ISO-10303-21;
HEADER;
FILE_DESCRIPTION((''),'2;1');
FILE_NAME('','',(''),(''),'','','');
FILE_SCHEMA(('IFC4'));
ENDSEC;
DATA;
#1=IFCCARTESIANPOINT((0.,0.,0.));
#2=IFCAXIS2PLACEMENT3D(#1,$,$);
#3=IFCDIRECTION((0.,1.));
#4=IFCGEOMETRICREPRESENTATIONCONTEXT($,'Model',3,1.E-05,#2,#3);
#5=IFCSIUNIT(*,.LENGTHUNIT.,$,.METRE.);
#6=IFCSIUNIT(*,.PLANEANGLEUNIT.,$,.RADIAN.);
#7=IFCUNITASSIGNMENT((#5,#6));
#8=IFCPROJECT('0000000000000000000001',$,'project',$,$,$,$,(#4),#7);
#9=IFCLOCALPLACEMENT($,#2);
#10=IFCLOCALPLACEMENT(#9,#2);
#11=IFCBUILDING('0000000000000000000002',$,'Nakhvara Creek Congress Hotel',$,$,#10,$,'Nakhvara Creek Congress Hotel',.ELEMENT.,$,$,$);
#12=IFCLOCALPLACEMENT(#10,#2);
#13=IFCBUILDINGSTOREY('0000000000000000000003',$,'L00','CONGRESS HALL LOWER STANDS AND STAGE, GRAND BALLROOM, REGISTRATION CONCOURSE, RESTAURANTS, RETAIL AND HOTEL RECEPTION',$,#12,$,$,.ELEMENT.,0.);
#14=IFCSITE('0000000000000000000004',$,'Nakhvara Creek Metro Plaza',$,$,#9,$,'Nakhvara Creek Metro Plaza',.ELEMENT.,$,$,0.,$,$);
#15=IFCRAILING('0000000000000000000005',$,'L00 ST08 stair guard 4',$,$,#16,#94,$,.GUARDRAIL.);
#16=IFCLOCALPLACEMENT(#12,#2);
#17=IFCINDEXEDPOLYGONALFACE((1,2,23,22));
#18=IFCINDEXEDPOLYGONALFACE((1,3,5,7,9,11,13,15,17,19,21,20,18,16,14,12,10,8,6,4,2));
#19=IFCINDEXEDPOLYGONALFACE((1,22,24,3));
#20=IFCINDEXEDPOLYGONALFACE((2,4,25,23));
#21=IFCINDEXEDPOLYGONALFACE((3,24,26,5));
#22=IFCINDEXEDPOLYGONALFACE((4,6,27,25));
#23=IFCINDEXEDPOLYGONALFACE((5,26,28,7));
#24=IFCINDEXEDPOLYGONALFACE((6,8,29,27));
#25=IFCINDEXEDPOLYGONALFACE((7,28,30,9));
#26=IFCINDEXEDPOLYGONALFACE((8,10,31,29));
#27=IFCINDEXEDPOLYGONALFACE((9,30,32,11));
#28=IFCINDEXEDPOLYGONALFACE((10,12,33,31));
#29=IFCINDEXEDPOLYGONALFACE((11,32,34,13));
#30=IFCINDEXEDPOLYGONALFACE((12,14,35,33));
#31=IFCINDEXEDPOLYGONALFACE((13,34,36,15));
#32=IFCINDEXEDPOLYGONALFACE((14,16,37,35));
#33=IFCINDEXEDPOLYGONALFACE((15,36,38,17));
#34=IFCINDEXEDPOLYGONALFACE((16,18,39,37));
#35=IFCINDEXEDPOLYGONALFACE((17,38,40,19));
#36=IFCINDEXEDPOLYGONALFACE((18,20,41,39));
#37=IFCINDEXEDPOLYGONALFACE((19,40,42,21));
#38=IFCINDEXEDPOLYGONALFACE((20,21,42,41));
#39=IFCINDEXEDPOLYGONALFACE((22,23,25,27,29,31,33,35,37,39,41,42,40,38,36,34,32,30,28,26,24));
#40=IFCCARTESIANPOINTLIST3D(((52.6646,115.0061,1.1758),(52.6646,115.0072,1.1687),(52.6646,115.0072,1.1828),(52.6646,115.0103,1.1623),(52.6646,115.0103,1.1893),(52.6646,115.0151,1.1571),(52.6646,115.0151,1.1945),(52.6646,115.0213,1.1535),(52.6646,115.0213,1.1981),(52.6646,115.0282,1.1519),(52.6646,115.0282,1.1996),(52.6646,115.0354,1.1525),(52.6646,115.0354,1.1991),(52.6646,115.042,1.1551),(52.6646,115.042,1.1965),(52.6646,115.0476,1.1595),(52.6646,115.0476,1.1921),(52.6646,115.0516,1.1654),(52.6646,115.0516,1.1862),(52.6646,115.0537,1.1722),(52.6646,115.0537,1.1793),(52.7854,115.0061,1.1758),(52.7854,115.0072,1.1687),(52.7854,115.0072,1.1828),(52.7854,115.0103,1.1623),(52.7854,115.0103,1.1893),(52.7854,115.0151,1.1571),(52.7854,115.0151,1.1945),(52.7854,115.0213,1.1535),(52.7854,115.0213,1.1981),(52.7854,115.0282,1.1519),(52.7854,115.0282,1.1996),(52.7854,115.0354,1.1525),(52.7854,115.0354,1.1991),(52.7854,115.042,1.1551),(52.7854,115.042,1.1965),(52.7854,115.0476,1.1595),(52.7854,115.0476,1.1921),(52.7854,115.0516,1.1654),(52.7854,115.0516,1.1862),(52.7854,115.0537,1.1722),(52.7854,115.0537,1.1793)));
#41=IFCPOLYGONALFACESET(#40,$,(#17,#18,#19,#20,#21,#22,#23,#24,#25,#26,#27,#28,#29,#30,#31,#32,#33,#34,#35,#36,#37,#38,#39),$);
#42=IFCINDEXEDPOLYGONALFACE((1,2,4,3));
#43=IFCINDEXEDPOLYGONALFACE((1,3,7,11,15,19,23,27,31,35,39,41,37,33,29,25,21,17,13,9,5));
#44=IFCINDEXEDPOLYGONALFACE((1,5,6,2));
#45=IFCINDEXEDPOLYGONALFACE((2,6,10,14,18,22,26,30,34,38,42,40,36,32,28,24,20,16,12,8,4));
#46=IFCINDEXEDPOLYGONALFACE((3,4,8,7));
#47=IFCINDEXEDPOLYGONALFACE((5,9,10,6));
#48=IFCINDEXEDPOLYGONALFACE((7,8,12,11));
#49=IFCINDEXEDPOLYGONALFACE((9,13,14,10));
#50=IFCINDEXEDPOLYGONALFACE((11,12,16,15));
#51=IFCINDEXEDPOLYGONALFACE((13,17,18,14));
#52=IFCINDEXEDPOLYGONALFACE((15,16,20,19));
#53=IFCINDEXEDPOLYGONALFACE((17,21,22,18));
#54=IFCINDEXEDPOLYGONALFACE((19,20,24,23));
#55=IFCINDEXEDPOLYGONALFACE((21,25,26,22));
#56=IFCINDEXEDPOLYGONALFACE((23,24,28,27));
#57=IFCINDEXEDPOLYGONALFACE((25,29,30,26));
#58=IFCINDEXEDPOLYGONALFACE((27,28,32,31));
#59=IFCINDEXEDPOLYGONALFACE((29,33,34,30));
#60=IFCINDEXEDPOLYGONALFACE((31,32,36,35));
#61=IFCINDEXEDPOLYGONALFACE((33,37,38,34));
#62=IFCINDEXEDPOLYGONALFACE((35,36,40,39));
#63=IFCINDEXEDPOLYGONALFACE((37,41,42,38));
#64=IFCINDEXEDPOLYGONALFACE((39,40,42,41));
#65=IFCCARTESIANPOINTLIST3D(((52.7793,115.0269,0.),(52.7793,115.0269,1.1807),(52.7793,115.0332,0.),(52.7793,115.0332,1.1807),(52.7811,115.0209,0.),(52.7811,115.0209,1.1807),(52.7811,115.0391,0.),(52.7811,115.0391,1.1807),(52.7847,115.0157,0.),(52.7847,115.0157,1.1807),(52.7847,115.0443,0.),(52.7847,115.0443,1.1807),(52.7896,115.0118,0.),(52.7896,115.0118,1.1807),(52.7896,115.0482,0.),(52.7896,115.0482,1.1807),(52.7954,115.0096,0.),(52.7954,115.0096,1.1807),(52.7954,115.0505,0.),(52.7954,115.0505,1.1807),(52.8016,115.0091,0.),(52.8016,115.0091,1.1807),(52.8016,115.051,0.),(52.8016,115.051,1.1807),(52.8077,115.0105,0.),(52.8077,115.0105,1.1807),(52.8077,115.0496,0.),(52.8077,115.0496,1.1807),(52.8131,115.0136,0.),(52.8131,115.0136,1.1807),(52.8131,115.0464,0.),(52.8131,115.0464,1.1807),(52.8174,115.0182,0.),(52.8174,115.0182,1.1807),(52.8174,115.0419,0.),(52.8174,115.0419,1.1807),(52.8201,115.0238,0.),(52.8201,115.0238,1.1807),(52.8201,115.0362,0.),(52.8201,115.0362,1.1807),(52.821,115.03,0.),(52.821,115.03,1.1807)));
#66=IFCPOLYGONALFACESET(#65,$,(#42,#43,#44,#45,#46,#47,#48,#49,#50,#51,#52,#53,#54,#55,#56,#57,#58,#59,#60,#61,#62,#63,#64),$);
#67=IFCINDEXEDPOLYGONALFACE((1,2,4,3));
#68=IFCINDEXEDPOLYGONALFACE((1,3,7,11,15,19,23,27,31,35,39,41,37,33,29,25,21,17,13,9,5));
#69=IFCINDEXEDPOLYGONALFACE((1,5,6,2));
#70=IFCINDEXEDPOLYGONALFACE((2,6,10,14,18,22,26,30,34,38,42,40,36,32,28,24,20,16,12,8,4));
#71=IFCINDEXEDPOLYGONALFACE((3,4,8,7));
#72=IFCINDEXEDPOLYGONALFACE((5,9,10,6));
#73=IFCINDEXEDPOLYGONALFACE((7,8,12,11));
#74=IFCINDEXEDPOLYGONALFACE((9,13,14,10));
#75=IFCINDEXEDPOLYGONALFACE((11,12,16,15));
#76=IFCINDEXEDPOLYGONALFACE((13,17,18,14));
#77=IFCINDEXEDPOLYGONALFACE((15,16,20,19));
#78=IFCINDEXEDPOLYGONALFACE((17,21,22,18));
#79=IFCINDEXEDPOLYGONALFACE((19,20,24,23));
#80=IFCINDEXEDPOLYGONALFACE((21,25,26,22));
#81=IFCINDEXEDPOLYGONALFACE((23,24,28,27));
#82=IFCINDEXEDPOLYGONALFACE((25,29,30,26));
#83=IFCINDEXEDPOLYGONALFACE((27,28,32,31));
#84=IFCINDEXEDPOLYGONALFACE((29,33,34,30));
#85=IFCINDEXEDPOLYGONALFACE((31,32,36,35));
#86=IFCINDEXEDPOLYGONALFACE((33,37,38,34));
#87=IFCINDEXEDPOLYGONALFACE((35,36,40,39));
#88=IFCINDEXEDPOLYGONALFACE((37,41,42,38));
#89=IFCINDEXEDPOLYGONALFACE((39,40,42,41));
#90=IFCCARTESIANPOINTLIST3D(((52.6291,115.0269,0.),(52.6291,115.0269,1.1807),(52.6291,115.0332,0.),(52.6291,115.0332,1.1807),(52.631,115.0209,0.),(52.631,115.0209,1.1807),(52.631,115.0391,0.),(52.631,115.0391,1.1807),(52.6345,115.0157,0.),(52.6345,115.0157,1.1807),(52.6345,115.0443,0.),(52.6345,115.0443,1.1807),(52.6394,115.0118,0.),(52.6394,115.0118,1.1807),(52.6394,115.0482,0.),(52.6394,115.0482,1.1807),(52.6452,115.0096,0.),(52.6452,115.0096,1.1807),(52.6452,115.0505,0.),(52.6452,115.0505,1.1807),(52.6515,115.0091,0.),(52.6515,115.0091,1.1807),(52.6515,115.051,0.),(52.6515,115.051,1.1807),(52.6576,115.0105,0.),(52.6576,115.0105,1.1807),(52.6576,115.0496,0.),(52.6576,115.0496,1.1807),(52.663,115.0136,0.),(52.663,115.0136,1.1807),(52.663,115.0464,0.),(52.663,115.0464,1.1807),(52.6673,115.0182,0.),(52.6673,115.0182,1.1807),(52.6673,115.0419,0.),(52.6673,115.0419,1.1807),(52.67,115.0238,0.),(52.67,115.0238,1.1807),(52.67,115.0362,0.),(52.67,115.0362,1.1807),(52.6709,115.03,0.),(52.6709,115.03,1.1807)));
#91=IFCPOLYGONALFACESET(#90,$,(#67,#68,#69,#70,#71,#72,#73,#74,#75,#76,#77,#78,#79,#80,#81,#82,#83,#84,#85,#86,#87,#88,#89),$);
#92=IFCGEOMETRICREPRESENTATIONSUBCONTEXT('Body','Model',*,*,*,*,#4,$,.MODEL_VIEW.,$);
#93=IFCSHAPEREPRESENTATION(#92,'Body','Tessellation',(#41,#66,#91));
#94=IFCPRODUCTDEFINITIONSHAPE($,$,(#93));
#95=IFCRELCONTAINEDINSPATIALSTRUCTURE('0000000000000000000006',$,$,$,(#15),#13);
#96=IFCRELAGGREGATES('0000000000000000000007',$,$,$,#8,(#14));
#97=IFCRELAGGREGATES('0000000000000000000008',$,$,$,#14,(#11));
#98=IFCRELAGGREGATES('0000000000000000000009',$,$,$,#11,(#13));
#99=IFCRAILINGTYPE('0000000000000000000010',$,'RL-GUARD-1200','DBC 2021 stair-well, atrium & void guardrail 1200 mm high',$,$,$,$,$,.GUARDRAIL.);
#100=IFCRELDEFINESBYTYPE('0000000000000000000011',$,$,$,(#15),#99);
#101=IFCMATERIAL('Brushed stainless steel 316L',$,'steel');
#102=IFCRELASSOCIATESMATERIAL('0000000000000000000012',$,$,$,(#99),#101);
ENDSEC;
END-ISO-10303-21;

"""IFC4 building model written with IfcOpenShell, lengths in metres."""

from ifc_helpers import new_model, si_unit, direction, frame, origin, origin_2d, place, context, subcontext, project, spatial, circle, extrude, material, type_object, element, save


model = new_model("IFC4")

# Units and contexts
model_context = context("Model", 3, precision=1e-05, world=origin(), true_north=direction((0.0, 1.0)))
body_context = subcontext(model_context, "Body", "Model", "MODEL_VIEW")
ifc_project = project(units=[si_unit("LENGTHUNIT", "METRE"), si_unit("PLANEANGLEUNIT", "RADIAN")], contexts=[model_context])

# Site, building, storey
site_placement = place(None, origin())
site = spatial("IfcSite", under=ifc_project, at=site_placement, Name="Nakhvara Creek Metro Plaza", LongName="Nakhvara Creek Metro Plaza", CompositionType="ELEMENT", RefElevation=0.0)
building_placement = place(site_placement, origin())
building = spatial("IfcBuilding", under=site, at=building_placement, Name="Nakhvara Creek Congress Hotel", LongName="Nakhvara Creek Congress Hotel", CompositionType="ELEMENT")
storey_placement = place(building_placement, origin())
storey = spatial("IfcBuildingStorey", under=building, at=storey_placement, Name="L00", Description="CONGRESS HALL LOWER STANDS AND STAGE, GRAND BALLROOM, REGISTRATION CONCOURSE, RESTAURANTS, RETAIL AND HOTEL RECEPTION", CompositionType="ELEMENT", Elevation=0.0)

# Railing
ifc_material_1 = material(Name="Brushed stainless steel 316L", Category="steel")
railing_type_1 = type_object("IfcRailingType", Name="RL-GUARD-1200", Description="DBC 2021 stair-well, atrium & void guardrail 1200 mm high", PredefinedType="GUARDRAIL", material=ifc_material_1)
railing_1_placement = place(storey_placement, frame((52.8, 115.03, 0.0)))
element("IfcRailing", 1, at=railing_1_placement, inside=storey, type_object=railing_type_1, Name="L00 ST08 stair guard 4", PredefinedType="GUARDRAIL", context=body_context, shape_type="SweptSolid", body=[
    extrude(circle(Radius=0.0239, at=origin_2d()), frame((-0.0146, 0.0, 1.1758), z_axis=(-1.0, 0.0, 0.0), x_axis=(0.0, -1.0, 0.0)), (0.0, 0.0, 1.0), 0.1208),
    extrude(circle(Radius=0.021, at=origin_2d()), origin(), (0.0, 0.0, 1.0), 1.1807),
    extrude(circle(Radius=0.021, at=origin_2d()), frame((-0.1501, 0.0, 0.0)), (0.0, 0.0, 1.0), 1.1807),
])

save(model, "model.ifc")
